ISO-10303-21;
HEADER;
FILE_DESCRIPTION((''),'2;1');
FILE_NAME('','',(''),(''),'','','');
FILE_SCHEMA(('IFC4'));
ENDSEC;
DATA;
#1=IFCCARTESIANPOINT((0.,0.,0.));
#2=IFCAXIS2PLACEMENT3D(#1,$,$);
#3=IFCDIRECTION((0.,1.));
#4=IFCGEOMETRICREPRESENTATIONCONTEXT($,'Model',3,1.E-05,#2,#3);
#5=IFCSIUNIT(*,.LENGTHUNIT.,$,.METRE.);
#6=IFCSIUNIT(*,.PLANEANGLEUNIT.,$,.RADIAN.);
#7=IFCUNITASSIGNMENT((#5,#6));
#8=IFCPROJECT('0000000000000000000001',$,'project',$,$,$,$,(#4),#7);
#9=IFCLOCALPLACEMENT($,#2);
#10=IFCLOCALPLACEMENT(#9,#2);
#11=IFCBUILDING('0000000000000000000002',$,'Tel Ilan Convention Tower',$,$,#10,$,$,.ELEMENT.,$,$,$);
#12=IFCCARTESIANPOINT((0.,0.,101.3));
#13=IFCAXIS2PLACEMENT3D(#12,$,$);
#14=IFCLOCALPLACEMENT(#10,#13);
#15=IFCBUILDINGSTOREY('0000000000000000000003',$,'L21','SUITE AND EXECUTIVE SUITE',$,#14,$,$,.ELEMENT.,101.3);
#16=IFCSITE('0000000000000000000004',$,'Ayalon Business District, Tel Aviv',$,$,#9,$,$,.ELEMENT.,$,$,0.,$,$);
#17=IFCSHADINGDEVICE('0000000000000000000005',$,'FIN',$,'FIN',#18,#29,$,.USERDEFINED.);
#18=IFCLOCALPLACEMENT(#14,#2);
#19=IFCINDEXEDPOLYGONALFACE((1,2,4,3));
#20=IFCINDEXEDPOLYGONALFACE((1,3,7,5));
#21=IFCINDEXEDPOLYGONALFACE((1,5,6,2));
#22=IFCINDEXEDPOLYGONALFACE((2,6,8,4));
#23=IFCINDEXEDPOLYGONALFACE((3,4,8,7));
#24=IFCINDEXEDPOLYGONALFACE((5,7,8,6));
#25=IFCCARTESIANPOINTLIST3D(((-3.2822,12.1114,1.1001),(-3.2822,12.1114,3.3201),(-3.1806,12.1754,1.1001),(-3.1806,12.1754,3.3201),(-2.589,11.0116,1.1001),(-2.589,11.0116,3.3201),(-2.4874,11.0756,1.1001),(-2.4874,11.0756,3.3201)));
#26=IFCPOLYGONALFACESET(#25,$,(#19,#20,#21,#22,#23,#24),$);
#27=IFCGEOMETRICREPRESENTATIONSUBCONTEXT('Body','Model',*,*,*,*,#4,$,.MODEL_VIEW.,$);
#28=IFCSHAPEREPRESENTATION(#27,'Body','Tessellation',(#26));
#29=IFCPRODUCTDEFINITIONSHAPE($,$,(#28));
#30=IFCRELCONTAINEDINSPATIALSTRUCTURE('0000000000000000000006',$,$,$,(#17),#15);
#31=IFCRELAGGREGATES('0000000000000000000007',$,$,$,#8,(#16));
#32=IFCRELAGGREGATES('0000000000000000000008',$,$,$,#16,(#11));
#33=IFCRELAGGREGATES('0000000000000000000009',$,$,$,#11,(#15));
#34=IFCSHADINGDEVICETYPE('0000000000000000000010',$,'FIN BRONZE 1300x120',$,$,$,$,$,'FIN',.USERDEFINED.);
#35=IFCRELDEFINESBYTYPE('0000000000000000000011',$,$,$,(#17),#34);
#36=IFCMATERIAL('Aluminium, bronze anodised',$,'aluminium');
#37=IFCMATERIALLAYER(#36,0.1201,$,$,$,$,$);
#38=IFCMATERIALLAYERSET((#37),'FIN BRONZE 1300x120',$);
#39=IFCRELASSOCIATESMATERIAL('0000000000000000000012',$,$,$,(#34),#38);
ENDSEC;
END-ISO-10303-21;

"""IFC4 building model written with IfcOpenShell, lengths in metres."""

from ifc_helpers import new_model, si_unit, direction, frame, origin, origin_2d, place, context, subcontext, project, spatial, rectangle, extrude, material, layer, layer_set, type_object, element, save


model = new_model("IFC4")

# Units and contexts
model_context = context("Model", 3, precision=1e-05, world=origin(), true_north=direction((0.0, 1.0)))
body_context = subcontext(model_context, "Body", "Model", "MODEL_VIEW")
ifc_project = project(units=[si_unit("LENGTHUNIT", "METRE"), si_unit("PLANEANGLEUNIT", "RADIAN")], contexts=[model_context])

# Site, building, storey
site_placement = place(None, origin())
site = spatial("IfcSite", under=ifc_project, at=site_placement, Name="Ayalon Business District, Tel Aviv", CompositionType="ELEMENT", RefElevation=0.0)
building_placement = place(site_placement, origin())
building = spatial("IfcBuilding", under=site, at=building_placement, Name="Tel Ilan Convention Tower", CompositionType="ELEMENT")
storey_placement = place(building_placement, frame((0.0, 0.0, 101.3)))
storey = spatial("IfcBuildingStorey", under=building, at=storey_placement, Name="L21", Description="SUITE AND EXECUTIVE SUITE", CompositionType="ELEMENT", Elevation=101.3)

# Shading device
ifc_material_1 = material(Name="Aluminium, bronze anodised", Category="aluminium")
ifc_layer_1 = layer(ifc_material_1, 0.1201)
ifc_layer_set_1 = layer_set([ifc_layer_1], Name="FIN BRONZE 1300x120")
shading_device_type = type_object("IfcShadingDeviceType", Name="FIN BRONZE 1300x120", ElementType="FIN", PredefinedType="USERDEFINED", material=ifc_layer_set_1)
shading_device_placement = place(storey_placement, frame((-2.8848, 11.5935, 1.1001), z_axis=(0.0, 0.0, 1.0), x_axis=(-0.533204, 0.845986, 0.0)))
element("IfcShadingDevice", 1, at=shading_device_placement, inside=storey, type_object=shading_device_type, Name="FIN", ObjectType="FIN", PredefinedType="USERDEFINED", context=body_context, shape_type="SweptSolid", body=[
    extrude(rectangle(XDim=1.3, YDim=0.1201, at=origin_2d()), origin(), (0.0, 0.0, 1.0), 2.22),
])

save(model, "model.ifc")
